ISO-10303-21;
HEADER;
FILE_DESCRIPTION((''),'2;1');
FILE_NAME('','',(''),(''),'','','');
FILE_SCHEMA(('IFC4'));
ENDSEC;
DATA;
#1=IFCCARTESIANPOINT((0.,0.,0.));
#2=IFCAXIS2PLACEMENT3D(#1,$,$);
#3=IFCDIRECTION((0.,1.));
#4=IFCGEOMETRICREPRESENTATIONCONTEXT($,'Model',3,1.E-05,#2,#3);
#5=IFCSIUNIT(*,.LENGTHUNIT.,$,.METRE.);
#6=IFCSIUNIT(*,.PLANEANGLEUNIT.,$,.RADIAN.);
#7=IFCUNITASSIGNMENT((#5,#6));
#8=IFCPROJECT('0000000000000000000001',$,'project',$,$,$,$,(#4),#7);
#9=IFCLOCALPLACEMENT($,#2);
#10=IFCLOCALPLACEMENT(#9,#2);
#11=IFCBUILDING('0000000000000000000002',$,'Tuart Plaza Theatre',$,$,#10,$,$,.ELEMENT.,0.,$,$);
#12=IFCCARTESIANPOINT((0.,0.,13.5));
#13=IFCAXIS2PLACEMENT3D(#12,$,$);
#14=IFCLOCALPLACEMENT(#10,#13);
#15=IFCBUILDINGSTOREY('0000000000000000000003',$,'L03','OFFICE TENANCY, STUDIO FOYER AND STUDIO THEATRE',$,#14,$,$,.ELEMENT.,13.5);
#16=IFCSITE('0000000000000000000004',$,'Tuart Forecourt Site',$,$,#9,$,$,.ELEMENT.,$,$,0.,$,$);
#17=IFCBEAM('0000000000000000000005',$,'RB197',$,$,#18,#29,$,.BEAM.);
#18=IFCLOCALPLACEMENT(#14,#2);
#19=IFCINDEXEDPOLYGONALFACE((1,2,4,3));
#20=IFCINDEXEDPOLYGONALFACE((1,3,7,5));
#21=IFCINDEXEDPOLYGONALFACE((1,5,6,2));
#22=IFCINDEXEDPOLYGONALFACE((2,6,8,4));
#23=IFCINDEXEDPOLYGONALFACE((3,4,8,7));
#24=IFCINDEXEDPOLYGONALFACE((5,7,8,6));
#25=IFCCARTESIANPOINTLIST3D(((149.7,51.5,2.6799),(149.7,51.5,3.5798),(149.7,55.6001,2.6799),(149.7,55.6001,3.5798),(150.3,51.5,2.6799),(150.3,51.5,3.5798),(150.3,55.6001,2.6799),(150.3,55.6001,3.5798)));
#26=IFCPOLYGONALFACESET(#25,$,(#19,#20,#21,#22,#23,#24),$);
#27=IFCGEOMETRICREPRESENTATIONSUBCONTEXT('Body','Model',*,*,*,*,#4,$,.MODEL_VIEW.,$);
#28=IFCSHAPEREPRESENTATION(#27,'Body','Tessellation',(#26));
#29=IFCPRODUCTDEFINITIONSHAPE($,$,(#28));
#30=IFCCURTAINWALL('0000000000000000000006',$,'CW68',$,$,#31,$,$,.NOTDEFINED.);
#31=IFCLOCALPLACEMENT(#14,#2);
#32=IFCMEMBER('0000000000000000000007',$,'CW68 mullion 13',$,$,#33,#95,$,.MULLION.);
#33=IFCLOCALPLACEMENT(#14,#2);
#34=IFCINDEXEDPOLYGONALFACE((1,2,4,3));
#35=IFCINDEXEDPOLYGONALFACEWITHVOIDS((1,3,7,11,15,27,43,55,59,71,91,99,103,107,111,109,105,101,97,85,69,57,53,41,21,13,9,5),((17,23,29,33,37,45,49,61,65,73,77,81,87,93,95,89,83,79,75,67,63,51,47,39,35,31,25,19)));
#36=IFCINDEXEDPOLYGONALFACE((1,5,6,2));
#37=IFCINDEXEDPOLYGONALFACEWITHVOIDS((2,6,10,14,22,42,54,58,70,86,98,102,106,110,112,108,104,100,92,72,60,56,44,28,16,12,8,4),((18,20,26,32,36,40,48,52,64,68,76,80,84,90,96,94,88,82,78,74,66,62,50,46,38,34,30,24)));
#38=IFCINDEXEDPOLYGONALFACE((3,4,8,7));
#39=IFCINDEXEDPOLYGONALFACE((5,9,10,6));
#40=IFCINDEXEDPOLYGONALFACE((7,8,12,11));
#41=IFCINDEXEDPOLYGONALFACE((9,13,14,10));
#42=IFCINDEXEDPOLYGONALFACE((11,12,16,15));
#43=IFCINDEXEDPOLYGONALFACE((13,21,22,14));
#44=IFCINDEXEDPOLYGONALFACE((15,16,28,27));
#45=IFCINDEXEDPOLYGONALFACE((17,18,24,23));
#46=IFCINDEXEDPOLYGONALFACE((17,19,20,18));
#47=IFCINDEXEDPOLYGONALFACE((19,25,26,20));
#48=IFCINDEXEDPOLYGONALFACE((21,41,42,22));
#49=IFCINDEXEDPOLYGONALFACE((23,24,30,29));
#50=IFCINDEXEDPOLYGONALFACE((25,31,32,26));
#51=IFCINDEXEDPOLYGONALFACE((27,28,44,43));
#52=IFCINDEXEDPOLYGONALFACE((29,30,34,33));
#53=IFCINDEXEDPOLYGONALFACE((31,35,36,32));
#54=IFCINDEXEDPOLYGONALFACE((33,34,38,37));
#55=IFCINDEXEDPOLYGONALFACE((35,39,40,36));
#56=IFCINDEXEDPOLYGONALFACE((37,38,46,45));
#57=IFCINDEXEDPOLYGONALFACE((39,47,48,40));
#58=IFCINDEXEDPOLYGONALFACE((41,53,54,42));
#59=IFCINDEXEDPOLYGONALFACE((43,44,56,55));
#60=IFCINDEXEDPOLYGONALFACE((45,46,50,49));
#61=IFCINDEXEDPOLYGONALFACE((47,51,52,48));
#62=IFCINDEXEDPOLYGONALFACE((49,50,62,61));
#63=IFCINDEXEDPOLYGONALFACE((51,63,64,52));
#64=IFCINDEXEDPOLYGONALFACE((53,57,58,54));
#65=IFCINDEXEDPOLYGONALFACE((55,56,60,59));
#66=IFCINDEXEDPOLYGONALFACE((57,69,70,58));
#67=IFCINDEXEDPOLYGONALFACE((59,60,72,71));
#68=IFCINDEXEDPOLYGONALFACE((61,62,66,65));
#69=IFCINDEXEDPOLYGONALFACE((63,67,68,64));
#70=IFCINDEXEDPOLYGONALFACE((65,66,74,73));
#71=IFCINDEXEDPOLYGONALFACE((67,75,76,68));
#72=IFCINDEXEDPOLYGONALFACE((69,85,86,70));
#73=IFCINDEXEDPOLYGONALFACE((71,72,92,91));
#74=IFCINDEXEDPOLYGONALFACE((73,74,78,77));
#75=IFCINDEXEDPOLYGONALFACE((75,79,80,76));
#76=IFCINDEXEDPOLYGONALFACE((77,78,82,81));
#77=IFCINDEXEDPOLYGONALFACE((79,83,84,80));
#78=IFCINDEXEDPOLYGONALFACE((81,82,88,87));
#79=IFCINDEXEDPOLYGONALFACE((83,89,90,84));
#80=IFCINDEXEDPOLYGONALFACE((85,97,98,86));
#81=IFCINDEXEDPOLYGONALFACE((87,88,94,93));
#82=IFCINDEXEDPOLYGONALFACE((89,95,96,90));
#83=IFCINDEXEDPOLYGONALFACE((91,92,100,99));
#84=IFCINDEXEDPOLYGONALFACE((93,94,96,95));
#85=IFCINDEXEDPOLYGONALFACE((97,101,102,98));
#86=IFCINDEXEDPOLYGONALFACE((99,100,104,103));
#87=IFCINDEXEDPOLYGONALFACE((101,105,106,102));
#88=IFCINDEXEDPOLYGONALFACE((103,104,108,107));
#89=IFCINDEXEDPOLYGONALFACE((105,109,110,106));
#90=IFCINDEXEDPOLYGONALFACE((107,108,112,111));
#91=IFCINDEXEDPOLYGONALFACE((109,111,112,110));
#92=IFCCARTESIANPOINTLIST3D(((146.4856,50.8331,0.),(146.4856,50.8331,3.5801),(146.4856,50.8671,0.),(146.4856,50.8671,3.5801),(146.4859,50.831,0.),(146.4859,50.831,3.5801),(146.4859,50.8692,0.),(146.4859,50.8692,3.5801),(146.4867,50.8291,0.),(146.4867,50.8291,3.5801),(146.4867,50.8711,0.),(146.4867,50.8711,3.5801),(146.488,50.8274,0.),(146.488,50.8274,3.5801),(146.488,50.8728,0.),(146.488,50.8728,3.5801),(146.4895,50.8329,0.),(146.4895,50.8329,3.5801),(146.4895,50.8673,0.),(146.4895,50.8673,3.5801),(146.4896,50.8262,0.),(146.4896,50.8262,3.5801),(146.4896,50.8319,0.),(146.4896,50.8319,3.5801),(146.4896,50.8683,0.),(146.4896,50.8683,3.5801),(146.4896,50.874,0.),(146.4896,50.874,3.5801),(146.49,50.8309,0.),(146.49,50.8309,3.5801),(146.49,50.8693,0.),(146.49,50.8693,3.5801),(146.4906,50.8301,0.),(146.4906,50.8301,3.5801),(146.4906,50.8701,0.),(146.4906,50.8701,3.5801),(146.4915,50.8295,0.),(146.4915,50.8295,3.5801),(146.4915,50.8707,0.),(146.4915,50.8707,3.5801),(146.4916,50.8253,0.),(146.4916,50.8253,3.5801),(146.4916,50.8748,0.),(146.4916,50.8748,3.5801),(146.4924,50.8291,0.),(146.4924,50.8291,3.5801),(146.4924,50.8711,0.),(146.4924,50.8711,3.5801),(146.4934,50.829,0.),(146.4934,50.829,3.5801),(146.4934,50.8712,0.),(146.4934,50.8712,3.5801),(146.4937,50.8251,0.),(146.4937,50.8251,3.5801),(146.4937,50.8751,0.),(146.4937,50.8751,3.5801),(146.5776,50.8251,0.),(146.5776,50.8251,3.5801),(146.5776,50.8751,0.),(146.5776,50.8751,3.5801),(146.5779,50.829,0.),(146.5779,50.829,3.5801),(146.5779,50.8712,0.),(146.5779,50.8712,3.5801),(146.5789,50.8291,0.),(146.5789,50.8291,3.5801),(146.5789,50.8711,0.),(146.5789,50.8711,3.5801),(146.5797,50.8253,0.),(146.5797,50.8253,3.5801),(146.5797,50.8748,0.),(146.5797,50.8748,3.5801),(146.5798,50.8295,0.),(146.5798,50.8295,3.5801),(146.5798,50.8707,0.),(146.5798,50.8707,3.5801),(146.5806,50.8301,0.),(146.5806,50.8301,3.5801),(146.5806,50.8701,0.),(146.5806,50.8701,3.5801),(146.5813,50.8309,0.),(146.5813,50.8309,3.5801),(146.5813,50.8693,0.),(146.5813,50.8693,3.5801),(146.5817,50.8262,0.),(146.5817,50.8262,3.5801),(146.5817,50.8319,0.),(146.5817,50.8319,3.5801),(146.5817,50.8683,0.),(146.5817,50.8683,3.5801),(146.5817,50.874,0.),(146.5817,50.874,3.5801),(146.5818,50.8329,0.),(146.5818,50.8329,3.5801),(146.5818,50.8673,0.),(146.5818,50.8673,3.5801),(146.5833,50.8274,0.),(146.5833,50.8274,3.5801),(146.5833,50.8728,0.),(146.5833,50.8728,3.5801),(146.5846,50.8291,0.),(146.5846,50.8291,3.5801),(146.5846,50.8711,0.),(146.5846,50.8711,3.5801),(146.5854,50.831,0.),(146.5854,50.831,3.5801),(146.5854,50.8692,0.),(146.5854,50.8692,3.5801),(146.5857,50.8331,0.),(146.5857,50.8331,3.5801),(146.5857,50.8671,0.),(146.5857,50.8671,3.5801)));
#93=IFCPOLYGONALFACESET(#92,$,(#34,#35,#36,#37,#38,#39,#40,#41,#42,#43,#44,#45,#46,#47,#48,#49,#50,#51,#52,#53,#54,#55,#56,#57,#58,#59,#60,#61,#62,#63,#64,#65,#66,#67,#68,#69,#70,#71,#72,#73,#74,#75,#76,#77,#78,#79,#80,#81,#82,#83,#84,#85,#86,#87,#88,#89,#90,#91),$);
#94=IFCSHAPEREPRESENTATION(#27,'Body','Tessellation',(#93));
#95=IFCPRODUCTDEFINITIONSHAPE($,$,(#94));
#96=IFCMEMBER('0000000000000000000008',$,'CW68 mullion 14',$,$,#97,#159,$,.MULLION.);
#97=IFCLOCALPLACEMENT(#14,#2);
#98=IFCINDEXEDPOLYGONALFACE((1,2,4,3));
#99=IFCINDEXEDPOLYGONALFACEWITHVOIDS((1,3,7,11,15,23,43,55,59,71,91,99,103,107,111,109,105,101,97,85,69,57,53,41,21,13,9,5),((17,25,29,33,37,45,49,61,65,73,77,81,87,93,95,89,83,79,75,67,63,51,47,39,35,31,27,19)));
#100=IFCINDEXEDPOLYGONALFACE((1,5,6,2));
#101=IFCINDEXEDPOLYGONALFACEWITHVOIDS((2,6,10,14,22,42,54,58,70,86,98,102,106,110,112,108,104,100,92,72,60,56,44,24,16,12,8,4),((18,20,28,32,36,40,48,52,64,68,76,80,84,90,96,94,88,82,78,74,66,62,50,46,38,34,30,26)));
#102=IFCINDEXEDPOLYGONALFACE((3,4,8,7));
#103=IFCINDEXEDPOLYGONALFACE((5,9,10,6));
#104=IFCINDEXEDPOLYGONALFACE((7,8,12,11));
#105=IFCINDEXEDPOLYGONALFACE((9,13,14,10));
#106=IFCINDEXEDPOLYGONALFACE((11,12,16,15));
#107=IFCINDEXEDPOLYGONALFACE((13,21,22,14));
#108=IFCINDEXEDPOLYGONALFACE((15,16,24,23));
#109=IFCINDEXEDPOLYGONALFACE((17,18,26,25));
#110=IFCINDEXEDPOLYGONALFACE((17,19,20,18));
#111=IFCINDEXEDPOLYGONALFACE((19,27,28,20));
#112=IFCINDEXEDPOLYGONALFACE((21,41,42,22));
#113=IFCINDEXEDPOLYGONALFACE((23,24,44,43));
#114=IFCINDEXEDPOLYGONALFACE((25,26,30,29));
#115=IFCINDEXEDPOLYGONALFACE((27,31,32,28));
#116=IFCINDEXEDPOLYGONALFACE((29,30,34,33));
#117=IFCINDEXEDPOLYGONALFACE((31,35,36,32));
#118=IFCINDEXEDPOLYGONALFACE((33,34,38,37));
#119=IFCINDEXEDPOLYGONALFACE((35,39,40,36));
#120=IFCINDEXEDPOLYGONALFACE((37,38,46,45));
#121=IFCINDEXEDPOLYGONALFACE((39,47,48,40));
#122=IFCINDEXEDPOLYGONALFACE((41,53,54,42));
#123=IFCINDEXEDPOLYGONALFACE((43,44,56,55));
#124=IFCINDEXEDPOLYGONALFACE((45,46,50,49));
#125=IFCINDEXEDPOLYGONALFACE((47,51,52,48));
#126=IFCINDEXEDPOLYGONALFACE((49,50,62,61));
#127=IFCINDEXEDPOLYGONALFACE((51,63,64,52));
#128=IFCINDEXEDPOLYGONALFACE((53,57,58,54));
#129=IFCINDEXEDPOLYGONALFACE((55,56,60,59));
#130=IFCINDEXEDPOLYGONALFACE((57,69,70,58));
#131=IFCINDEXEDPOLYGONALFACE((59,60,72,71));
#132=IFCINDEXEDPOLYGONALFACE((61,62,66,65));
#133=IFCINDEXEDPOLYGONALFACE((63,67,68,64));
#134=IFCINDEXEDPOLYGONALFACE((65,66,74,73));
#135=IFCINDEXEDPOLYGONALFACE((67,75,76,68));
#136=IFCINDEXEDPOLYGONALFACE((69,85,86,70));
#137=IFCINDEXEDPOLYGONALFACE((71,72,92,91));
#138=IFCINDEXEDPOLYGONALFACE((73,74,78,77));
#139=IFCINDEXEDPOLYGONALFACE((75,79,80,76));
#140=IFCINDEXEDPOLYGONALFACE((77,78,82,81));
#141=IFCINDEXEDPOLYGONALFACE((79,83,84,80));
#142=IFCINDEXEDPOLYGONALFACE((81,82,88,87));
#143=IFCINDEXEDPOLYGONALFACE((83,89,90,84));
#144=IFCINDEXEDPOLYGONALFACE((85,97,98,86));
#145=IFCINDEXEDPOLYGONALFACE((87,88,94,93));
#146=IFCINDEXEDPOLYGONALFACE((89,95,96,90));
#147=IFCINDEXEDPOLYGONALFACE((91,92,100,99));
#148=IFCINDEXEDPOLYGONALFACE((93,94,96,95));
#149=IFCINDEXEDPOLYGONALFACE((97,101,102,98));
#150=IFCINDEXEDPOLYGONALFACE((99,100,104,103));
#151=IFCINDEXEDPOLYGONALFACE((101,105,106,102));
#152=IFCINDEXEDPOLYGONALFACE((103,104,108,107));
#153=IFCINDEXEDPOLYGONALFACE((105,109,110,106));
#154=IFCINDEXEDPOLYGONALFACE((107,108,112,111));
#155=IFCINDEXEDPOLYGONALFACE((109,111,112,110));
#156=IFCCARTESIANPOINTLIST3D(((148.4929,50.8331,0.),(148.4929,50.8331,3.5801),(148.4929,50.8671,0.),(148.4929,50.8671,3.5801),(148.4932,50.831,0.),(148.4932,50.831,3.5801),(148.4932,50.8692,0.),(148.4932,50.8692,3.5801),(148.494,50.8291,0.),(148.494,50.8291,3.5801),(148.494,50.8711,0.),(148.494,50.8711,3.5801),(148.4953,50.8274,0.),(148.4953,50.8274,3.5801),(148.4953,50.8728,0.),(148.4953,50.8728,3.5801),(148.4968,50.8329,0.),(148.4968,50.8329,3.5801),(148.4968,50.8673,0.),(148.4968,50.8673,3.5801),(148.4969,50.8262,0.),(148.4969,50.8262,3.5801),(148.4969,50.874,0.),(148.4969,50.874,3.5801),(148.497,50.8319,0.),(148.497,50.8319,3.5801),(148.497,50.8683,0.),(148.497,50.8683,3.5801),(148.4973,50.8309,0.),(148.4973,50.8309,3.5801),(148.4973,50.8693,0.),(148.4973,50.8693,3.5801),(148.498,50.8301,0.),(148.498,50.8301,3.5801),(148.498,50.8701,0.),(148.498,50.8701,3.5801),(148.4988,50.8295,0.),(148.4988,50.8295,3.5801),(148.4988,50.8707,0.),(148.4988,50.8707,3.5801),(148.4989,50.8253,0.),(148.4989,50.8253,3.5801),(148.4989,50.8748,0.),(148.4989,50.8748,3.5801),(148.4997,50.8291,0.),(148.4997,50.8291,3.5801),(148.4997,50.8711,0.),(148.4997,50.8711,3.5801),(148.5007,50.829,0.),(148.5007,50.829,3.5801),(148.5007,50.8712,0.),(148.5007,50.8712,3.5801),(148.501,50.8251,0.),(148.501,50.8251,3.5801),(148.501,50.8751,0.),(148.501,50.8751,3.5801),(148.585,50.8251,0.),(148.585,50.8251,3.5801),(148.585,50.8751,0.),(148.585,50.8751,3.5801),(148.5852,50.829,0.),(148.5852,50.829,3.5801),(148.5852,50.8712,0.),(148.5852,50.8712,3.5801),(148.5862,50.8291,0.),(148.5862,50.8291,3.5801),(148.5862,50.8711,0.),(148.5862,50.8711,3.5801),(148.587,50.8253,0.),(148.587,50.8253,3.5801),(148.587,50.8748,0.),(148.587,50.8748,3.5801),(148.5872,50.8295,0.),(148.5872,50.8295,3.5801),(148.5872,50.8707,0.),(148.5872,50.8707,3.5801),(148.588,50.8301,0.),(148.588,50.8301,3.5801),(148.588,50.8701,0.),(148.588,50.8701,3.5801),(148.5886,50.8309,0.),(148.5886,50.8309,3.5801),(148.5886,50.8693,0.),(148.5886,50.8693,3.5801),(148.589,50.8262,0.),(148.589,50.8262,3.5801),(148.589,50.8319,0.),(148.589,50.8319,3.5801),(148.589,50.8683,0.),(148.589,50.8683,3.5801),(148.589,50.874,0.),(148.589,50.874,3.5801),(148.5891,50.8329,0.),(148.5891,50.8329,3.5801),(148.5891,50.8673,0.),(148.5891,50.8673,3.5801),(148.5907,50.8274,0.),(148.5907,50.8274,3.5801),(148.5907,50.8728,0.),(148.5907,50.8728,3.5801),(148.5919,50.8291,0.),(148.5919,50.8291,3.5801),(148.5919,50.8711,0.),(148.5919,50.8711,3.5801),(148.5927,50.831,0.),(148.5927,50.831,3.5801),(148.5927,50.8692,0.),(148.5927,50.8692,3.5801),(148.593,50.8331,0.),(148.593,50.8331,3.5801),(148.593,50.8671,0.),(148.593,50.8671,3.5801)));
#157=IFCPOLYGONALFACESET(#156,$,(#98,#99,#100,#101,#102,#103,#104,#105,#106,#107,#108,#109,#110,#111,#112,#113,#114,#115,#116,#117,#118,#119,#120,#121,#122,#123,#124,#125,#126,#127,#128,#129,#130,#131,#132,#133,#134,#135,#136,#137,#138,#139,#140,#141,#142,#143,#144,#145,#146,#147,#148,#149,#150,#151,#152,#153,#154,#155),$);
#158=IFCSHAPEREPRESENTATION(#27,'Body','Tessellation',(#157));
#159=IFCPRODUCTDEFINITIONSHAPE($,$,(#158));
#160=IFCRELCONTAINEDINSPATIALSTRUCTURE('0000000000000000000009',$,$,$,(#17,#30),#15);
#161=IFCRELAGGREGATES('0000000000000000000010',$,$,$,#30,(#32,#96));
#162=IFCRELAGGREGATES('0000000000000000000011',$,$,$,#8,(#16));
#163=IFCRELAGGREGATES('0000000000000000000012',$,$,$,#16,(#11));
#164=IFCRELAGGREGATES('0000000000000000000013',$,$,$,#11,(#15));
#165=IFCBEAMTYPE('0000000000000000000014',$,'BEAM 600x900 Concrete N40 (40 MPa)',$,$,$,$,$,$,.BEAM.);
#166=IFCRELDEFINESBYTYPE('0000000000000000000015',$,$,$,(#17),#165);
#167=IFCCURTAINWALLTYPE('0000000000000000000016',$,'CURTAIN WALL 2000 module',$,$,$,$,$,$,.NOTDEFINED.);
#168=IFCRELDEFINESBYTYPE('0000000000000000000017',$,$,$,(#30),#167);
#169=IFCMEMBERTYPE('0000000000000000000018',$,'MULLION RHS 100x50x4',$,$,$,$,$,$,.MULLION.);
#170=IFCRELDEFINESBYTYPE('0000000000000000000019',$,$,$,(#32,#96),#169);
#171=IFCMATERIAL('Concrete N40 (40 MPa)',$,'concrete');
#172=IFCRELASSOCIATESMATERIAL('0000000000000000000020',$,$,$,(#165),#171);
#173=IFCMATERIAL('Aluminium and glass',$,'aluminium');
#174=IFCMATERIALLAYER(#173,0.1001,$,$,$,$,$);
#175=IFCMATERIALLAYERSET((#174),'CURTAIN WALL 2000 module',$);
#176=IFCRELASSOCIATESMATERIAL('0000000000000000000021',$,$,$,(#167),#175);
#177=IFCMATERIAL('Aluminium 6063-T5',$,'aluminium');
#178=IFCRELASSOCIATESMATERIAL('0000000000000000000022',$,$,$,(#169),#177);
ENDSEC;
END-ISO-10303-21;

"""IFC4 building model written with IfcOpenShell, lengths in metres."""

from ifc_helpers import new_model, si_unit, direction, frame, origin, origin_2d, place, context, subcontext, project, spatial, rectangle, hollow_rectangle, extrude, material, layer, layer_set, material_profile, profile_set, type_object, element, aggregate, save


model = new_model("IFC4")

# Units and contexts
model_context = context("Model", 3, precision=1e-05, world=origin(), true_north=direction((0.0, 1.0)))
body_context = subcontext(model_context, "Body", "Model", "MODEL_VIEW")
ifc_project = project(units=[si_unit("LENGTHUNIT", "METRE"), si_unit("PLANEANGLEUNIT", "RADIAN")], contexts=[model_context])

# Site, building, storey
site_placement = place(None, origin())
site = spatial("IfcSite", under=ifc_project, at=site_placement, Name="Tuart Forecourt Site", CompositionType="ELEMENT", RefElevation=0.0)
building_placement = place(site_placement, origin())
building = spatial("IfcBuilding", under=site, at=building_placement, Name="Tuart Plaza Theatre", CompositionType="ELEMENT", ElevationOfRefHeight=0.0)
storey_placement = place(building_placement, frame((0.0, 0.0, 13.5)))
storey = spatial("IfcBuildingStorey", under=building, at=storey_placement, Name="L03", Description="OFFICE TENANCY, STUDIO FOYER AND STUDIO THEATRE", CompositionType="ELEMENT", Elevation=13.5)

# Beam
ifc_material_1 = material(Name="Concrete N40 (40 MPa)", Category="concrete")
ifc_material_profile_1 = material_profile(ifc_material_1, rectangle(XDim=0.6001, YDim=0.8999, at=origin_2d()), Name="BEAM 600x900 Concrete N40 (40 MPa)")
ifc_profile_set_1 = profile_set([ifc_material_profile_1], Name="Concrete N40 (40 MPa)")
beam_type = type_object("IfcBeamType", Name="BEAM 600x900 Concrete N40 (40 MPa)", PredefinedType="BEAM", material=ifc_profile_set_1)
beam_placement = place(storey_placement, frame((150.0, 51.5, 3.1299), z_axis=(0.0, 1.0, 0.0), x_axis=(-1.0, 0.0, 0.0)))
element("IfcBeam", 1, at=beam_placement, inside=storey, type_object=beam_type, Name="RB197", PredefinedType="BEAM", context=body_context, shape_type="SweptSolid", body=[
    extrude(rectangle(XDim=0.6001, YDim=0.8999, at=origin_2d()), origin(), (0.0, 0.0, 1.0), 4.1001),
])

# Curtain wall, members
ifc_material_2 = material(Name="Aluminium and glass", Category="aluminium")
ifc_layer_1 = layer(ifc_material_2, 0.1001)
ifc_layer_set_1 = layer_set([ifc_layer_1], Name="CURTAIN WALL 2000 module")
curtain_wall_type = type_object("IfcCurtainWallType", Name="CURTAIN WALL 2000 module", PredefinedType="NOTDEFINED", material=ifc_layer_set_1)
curtain_wall_1_placement = place(storey_placement, origin())
curtain_wall_1 = element("IfcCurtainWall", 2, at=curtain_wall_1_placement, inside=storey, type_object=curtain_wall_type, Name="CW68", PredefinedType="NOTDEFINED")
ifc_material_3 = material(Name="Aluminium 6063-T5", Category="aluminium")
ifc_material_profile_2 = material_profile(ifc_material_3, hollow_rectangle(XDim=0.05, YDim=0.1001, WallThickness=0.0039, InnerFilletRadius=0.0039, OuterFilletRadius=0.0081, at=origin_2d()), Name="RHS 100x50x4")
ifc_profile_set_2 = profile_set([ifc_material_profile_2], Name="Aluminium 6063-T5")
member_type_1 = type_object("IfcMemberType", Name="MULLION RHS 100x50x4", PredefinedType="MULLION", material=ifc_profile_set_2)
member_1_placement = place(storey_placement, frame((146.5356, 50.8501, 0.0), z_axis=(0.0, 0.0, 1.0), x_axis=(0.0, 1.0, 0.0)))
member_1 = element("IfcMember", 3, at=member_1_placement, type_object=member_type_1, Name="CW68 mullion 13", PredefinedType="MULLION", context=body_context, shape_type="SweptSolid", body=[
    extrude(hollow_rectangle(XDim=0.05, YDim=0.1001, WallThickness=0.0039, InnerFilletRadius=0.0039, OuterFilletRadius=0.0081, at=origin_2d()), origin(), (0.0, 0.0, 1.0), 3.5801),
])
member_2_placement = place(storey_placement, frame((148.543, 50.8501, 0.0), z_axis=(0.0, 0.0, 1.0), x_axis=(0.0, 1.0, 0.0)))
member_2 = element("IfcMember", 4, at=member_2_placement, type_object=member_type_1, Name="CW68 mullion 14", PredefinedType="MULLION", context=body_context, shape_type="SweptSolid", body=[
    extrude(hollow_rectangle(XDim=0.05, YDim=0.1001, WallThickness=0.0039, InnerFilletRadius=0.0039, OuterFilletRadius=0.0081, at=origin_2d()), origin(), (0.0, 0.0, 1.0), 3.5801),
])

aggregate(curtain_wall_1, [member_1, member_2])

save(model, "model.ifc")
